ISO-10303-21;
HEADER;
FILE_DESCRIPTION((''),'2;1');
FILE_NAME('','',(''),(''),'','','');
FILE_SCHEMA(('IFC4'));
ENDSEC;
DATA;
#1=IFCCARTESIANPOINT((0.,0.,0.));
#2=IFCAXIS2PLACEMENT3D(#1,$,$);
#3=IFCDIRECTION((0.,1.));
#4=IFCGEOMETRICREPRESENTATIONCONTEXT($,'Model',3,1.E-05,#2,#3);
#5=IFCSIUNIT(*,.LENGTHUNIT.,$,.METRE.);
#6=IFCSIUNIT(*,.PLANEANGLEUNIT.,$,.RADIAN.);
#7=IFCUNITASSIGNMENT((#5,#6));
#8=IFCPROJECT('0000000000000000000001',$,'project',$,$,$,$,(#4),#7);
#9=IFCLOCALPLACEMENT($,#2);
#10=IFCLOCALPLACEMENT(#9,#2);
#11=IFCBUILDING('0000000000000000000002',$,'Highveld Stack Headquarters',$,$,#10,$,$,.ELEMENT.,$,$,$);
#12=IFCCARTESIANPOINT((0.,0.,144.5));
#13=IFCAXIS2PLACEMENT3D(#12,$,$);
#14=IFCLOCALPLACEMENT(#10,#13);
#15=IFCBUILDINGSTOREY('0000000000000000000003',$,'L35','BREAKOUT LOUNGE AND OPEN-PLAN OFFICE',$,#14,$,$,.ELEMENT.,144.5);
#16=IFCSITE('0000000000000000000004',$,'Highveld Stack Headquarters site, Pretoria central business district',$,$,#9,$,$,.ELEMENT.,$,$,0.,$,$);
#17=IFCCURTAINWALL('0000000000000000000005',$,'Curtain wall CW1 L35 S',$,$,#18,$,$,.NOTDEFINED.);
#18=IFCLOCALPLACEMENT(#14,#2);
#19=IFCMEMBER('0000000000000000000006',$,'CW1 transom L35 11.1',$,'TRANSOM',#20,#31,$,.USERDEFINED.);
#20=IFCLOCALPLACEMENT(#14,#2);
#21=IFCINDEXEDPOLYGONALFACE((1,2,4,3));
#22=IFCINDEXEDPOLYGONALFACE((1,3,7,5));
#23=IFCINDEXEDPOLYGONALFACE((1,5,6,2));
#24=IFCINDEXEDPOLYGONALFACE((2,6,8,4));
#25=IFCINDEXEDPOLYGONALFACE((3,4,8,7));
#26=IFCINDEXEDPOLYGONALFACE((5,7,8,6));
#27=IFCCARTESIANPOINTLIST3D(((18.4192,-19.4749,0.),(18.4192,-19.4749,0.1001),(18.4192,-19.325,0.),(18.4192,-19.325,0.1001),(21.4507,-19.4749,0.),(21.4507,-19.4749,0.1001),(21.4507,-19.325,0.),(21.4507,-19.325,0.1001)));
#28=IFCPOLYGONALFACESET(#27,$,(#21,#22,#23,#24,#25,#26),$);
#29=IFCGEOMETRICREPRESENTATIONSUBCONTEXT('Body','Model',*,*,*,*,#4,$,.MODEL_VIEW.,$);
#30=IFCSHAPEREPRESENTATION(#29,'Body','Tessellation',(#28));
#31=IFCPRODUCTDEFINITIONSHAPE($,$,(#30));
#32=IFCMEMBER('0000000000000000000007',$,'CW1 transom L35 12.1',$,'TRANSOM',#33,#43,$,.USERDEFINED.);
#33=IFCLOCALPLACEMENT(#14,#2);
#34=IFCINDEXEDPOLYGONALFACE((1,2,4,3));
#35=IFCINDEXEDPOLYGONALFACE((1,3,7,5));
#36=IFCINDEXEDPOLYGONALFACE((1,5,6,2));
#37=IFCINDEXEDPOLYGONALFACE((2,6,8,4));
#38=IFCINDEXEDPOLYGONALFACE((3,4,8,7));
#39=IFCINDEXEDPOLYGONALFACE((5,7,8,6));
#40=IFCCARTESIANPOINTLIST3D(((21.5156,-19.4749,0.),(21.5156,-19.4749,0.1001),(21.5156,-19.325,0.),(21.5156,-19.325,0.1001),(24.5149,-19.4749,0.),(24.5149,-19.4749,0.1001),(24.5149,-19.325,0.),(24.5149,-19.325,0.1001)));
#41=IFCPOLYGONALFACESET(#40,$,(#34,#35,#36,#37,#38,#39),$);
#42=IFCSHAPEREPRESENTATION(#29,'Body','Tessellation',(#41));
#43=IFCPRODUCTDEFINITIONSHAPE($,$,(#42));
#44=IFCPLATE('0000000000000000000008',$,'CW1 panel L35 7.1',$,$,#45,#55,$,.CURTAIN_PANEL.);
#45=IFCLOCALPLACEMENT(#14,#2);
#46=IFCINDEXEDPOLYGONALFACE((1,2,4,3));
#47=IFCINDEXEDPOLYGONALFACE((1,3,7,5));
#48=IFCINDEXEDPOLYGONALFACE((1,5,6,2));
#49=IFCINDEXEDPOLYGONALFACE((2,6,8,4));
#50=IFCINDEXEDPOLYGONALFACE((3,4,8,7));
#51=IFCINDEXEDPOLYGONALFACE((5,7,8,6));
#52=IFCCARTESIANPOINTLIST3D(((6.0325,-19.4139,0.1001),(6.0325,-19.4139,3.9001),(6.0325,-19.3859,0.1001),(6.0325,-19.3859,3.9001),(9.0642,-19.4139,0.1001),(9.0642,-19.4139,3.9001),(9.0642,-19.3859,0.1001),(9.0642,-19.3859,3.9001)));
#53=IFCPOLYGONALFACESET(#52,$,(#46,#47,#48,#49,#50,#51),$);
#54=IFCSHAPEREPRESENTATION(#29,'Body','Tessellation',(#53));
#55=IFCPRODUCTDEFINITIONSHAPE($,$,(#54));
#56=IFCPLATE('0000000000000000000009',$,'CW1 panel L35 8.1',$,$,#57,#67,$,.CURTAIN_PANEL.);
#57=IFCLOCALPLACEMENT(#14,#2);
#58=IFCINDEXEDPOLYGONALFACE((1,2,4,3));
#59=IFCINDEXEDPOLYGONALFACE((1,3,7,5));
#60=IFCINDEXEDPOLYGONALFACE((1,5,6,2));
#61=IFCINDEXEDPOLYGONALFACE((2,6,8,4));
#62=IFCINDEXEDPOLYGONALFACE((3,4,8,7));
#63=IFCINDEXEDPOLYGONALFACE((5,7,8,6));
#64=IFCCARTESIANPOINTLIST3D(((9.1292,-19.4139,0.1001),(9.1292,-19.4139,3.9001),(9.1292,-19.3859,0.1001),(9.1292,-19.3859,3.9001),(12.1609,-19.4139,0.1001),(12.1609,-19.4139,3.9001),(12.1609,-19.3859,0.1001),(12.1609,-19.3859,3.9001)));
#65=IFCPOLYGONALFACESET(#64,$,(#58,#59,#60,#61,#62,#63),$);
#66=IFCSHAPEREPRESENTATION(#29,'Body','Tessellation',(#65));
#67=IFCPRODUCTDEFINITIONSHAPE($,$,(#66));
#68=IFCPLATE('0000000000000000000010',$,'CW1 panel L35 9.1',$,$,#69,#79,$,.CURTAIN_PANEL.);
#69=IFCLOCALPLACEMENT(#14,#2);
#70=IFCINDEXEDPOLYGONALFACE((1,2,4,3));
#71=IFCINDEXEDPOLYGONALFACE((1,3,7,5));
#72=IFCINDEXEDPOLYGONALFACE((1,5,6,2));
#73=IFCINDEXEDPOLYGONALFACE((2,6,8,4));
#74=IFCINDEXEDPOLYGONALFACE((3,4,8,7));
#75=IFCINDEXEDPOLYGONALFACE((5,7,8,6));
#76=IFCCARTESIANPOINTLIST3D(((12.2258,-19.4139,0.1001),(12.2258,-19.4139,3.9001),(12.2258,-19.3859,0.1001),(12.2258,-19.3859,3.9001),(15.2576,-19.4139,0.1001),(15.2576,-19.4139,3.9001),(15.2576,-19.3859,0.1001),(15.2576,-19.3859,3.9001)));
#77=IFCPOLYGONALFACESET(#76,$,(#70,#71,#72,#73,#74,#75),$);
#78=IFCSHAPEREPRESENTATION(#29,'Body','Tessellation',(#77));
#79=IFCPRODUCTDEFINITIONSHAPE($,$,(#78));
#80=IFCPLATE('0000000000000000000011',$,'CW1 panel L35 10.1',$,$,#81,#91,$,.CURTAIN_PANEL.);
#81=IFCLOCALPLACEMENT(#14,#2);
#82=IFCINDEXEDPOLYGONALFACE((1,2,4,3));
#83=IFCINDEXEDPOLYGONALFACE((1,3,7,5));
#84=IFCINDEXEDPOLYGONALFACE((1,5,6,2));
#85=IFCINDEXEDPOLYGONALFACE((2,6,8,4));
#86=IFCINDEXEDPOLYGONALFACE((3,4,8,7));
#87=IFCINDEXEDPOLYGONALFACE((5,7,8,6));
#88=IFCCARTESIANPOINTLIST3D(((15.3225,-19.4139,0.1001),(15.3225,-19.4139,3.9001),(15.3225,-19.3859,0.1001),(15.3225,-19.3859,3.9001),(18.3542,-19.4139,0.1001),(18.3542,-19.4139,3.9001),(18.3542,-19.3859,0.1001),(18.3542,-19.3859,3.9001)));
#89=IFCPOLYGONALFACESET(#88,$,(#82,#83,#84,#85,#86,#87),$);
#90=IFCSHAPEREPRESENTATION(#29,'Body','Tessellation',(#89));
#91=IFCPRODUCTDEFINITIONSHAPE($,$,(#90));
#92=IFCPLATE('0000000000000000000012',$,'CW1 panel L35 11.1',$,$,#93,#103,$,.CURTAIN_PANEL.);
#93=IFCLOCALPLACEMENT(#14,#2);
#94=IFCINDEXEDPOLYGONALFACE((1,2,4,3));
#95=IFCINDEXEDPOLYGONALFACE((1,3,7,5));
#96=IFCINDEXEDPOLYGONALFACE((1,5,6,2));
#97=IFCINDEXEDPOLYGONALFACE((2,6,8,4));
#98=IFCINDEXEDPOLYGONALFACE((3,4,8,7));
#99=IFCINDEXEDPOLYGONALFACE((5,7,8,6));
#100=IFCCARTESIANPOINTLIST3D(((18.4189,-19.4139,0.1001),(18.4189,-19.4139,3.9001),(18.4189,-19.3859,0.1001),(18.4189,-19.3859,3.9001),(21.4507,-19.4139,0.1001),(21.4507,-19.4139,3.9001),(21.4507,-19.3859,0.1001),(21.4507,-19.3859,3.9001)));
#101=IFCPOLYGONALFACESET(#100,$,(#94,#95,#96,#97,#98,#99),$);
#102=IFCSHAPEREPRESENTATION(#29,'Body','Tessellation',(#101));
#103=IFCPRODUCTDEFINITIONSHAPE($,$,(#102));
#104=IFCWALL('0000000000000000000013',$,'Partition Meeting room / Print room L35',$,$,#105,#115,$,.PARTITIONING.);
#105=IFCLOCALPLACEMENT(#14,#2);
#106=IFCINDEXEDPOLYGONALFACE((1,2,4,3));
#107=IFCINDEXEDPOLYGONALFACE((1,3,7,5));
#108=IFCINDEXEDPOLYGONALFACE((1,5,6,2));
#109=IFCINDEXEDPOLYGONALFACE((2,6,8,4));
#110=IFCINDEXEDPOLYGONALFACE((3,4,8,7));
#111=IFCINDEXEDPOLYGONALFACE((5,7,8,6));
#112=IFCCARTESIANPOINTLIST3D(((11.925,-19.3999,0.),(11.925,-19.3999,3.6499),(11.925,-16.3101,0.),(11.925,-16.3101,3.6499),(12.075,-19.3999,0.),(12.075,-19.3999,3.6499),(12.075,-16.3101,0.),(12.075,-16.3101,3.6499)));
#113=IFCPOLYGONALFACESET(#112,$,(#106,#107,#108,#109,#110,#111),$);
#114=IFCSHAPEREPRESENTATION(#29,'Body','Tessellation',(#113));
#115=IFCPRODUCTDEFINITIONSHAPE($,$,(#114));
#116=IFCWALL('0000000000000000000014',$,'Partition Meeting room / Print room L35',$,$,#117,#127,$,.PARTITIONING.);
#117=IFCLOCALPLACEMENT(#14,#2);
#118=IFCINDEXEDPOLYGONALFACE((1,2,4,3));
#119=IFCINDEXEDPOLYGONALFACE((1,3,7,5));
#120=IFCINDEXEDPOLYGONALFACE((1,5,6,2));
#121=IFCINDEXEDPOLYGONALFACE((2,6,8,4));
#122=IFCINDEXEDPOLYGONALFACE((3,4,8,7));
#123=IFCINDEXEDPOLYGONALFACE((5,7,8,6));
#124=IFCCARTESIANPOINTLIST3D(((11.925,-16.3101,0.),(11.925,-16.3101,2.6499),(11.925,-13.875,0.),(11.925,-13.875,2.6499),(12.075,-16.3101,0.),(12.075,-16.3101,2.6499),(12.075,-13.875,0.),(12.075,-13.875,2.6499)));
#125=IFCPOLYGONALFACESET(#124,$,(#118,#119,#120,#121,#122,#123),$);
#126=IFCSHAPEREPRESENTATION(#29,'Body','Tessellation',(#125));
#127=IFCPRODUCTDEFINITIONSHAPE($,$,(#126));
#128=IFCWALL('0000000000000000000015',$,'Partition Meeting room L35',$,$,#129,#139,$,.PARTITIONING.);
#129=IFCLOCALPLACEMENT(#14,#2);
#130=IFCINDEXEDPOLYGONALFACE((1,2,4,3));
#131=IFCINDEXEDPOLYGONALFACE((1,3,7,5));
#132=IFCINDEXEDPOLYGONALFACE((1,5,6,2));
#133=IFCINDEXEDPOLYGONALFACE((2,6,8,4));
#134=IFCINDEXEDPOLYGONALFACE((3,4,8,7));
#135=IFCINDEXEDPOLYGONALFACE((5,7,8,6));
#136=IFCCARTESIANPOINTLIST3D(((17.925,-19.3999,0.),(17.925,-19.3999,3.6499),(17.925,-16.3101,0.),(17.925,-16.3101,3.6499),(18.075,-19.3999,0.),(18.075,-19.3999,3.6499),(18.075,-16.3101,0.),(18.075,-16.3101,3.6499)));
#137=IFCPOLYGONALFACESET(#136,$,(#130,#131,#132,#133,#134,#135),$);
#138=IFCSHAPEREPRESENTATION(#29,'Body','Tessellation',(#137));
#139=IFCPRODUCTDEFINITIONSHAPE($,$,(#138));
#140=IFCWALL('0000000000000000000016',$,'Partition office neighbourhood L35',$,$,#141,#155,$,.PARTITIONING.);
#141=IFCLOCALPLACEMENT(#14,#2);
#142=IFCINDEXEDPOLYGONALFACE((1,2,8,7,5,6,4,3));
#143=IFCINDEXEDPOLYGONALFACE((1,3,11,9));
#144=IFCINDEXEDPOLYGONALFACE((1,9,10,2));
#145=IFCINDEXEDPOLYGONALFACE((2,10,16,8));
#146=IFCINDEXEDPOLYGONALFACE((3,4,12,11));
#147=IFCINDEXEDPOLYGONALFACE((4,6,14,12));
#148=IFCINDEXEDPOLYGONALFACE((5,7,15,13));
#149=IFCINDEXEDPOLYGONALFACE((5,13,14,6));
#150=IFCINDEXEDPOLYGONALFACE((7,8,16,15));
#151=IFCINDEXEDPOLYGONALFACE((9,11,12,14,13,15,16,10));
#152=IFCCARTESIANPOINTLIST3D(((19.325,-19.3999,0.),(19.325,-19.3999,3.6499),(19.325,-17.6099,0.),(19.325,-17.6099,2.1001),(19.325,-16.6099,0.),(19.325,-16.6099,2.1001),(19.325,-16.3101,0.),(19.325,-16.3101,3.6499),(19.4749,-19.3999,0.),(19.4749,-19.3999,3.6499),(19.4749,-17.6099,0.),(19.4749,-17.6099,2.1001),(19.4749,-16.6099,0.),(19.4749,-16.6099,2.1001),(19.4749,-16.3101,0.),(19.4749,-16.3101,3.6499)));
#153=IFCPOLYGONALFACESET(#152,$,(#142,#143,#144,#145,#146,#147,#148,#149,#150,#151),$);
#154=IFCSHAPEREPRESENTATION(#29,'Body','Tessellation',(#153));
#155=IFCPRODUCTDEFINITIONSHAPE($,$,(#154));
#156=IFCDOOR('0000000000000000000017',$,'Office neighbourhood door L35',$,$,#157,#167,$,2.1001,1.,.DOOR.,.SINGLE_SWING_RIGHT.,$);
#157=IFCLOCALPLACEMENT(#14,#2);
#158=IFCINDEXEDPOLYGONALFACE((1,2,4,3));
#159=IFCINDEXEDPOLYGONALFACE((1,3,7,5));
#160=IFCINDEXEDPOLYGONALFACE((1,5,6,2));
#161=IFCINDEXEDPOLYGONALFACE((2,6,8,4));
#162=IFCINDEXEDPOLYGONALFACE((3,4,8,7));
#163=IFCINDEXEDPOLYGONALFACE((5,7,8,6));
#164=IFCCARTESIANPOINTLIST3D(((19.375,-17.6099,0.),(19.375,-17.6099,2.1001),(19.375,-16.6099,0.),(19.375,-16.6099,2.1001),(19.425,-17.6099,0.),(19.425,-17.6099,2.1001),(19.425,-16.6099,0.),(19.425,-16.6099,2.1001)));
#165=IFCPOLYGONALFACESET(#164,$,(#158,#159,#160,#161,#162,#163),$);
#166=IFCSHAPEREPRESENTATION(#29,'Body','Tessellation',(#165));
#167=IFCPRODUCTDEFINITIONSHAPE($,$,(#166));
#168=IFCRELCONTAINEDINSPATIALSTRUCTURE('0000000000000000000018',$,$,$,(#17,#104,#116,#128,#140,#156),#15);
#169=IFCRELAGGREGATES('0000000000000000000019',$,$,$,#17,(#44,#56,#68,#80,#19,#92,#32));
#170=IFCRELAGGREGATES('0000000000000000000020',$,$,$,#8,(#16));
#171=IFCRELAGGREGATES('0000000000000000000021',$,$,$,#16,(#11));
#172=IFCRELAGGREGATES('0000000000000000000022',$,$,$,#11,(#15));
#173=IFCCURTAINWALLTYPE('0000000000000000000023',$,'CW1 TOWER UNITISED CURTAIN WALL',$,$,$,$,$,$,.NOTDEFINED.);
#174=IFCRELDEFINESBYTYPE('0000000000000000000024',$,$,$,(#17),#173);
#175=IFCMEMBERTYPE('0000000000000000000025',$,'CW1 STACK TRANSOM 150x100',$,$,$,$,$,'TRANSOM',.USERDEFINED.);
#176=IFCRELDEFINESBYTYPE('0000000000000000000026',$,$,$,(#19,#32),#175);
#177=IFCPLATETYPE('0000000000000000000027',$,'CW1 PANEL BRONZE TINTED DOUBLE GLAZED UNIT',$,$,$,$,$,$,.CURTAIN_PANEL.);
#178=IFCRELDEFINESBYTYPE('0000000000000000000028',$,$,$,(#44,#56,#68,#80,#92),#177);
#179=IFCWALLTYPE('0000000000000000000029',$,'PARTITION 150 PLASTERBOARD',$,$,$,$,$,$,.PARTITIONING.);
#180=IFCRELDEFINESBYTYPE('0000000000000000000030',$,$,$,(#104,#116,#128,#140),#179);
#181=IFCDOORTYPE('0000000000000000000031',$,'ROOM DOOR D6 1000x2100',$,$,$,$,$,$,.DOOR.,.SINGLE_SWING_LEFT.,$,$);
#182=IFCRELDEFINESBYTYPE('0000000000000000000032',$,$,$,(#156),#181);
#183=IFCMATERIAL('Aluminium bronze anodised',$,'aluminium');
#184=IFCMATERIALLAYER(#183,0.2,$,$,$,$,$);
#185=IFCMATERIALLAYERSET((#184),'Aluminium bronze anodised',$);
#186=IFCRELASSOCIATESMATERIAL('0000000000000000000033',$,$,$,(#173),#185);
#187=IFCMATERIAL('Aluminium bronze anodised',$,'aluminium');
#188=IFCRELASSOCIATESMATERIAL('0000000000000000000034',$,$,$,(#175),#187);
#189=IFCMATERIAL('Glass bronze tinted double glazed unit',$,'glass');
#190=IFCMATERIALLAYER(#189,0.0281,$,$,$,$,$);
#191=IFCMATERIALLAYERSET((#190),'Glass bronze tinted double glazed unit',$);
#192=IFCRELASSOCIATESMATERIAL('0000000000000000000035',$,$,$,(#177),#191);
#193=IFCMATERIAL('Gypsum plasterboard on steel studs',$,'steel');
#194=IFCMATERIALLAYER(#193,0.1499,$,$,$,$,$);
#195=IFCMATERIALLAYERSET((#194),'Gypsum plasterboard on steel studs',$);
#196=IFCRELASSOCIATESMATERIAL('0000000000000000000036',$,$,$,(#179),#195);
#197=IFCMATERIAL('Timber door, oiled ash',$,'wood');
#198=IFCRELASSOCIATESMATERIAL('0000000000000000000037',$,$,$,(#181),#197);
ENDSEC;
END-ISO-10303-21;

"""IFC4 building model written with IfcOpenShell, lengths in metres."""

from ifc_helpers import new_model, si_unit, direction, frame, frame_2d, origin, origin_2d, place, context, subcontext, project, spatial, rectangle, extrude, material, layer, layer_set, material_profile, profile_set, type_object, element, fill, aggregate, save


model = new_model("IFC4")

# Units and contexts
model_context = context("Model", 3, precision=1e-05, world=origin(), true_north=direction((0.0, 1.0)))
body_context = subcontext(model_context, "Body", "Model", "MODEL_VIEW")
ifc_project = project(units=[si_unit("LENGTHUNIT", "METRE"), si_unit("PLANEANGLEUNIT", "RADIAN")], contexts=[model_context])

# Site, building, storey
site_placement = place(None, origin())
site = spatial("IfcSite", under=ifc_project, at=site_placement, Name="Highveld Stack Headquarters site, Pretoria central business district", CompositionType="ELEMENT", RefElevation=0.0)
building_placement = place(site_placement, origin())
building = spatial("IfcBuilding", under=site, at=building_placement, Name="Highveld Stack Headquarters", CompositionType="ELEMENT")
storey_placement = place(building_placement, frame((0.0, 0.0, 144.5)))
storey = spatial("IfcBuildingStorey", under=building, at=storey_placement, Name="L35", Description="BREAKOUT LOUNGE AND OPEN-PLAN OFFICE", CompositionType="ELEMENT", Elevation=144.5)

# Curtain wall, members, plates
ifc_material_1 = material(Name="Aluminium bronze anodised", Category="aluminium")
ifc_layer_1 = layer(ifc_material_1, 0.2)
ifc_layer_set_1 = layer_set([ifc_layer_1], Name="Aluminium bronze anodised")
curtain_wall_type = type_object("IfcCurtainWallType", Name="CW1 TOWER UNITISED CURTAIN WALL", PredefinedType="NOTDEFINED", material=ifc_layer_set_1)
curtain_wall_placement = place(storey_placement, origin())
curtain_wall = element("IfcCurtainWall", 1, at=curtain_wall_placement, inside=storey, type_object=curtain_wall_type, Name="Curtain wall CW1 L35 S", PredefinedType="NOTDEFINED")
ifc_material_2 = material(Name="Aluminium bronze anodised", Category="aluminium")
ifc_material_profile_1 = material_profile(ifc_material_2, rectangle(XDim=0.1499, YDim=0.1001, at=origin_2d()), Name="CW1 TRANSOM 150x100")
ifc_profile_set_1 = profile_set([ifc_material_profile_1], Name="Aluminium bronze anodised")
member_type_1 = type_object("IfcMemberType", Name="CW1 STACK TRANSOM 150x100", ElementType="TRANSOM", PredefinedType="USERDEFINED", material=ifc_profile_set_1)
member_1_placement = place(storey_placement, frame((18.4192, -19.3999, 0.05), z_axis=(1.0, 0.0, 0.0), x_axis=(0.0, 1.0, 0.0)))
member_1 = element("IfcMember", 2, at=member_1_placement, type_object=member_type_1, Name="CW1 transom L35 11.1", ObjectType="TRANSOM", PredefinedType="USERDEFINED", context=body_context, shape_type="SweptSolid", body=[
    extrude(rectangle(XDim=0.1499, YDim=0.1001, at=origin_2d()), origin(), (0.0, 0.0, 1.0), 3.0315),
])
member_2_placement = place(storey_placement, frame((21.5156, -19.3999, 0.05), z_axis=(1.0, 0.0, 0.0), x_axis=(0.0, 1.0, 0.0)))
member_2 = element("IfcMember", 3, at=member_2_placement, type_object=member_type_1, Name="CW1 transom L35 12.1", ObjectType="TRANSOM", PredefinedType="USERDEFINED", context=body_context, shape_type="SweptSolid", body=[
    extrude(rectangle(XDim=0.1499, YDim=0.1001, at=origin_2d()), origin(), (0.0, 0.0, 1.0), 2.9993),
])
ifc_material_3 = material(Name="Glass bronze tinted double glazed unit", Category="glass")
ifc_layer_2 = layer(ifc_material_3, 0.0281)
ifc_layer_set_2 = layer_set([ifc_layer_2], Name="Glass bronze tinted double glazed unit")
plate_type = type_object("IfcPlateType", Name="CW1 PANEL BRONZE TINTED DOUBLE GLAZED UNIT", PredefinedType="CURTAIN_PANEL", material=ifc_layer_set_2)
plate_1_placement = place(storey_placement, frame((7.5483, -19.3999, 0.1001), z_axis=(0.0, 0.0, 1.0), x_axis=(1.0, 0.0, 0.0)))
plate_1 = element("IfcPlate", 4, at=plate_1_placement, type_object=plate_type, Name="CW1 panel L35 7.1", PredefinedType="CURTAIN_PANEL", context=body_context, shape_type="SweptSolid", body=[
    extrude(rectangle(XDim=3.0317, YDim=0.0281, at=origin_2d()), origin(), (0.0, 0.0, 1.0), 3.8),
])
plate_2_placement = place(storey_placement, frame((10.645, -19.3999, 0.1001), z_axis=(0.0, 0.0, 1.0), x_axis=(1.0, 0.0, 0.0)))
plate_2 = element("IfcPlate", 5, at=plate_2_placement, type_object=plate_type, Name="CW1 panel L35 8.1", PredefinedType="CURTAIN_PANEL", context=body_context, shape_type="SweptSolid", body=[
    extrude(rectangle(XDim=3.0317, YDim=0.0281, at=origin_2d()), origin(), (0.0, 0.0, 1.0), 3.8),
])
plate_3_placement = place(storey_placement, frame((13.7417, -19.3999, 0.1001), z_axis=(0.0, 0.0, 1.0), x_axis=(1.0, 0.0, 0.0)))
plate_3 = element("IfcPlate", 6, at=plate_3_placement, type_object=plate_type, Name="CW1 panel L35 9.1", PredefinedType="CURTAIN_PANEL", context=body_context, shape_type="SweptSolid", body=[
    extrude(rectangle(XDim=3.0317, YDim=0.0281, at=origin_2d()), origin(), (0.0, 0.0, 1.0), 3.8),
])
plate_4_placement = place(storey_placement, frame((16.8384, -19.3999, 0.1001), z_axis=(0.0, 0.0, 1.0), x_axis=(1.0, 0.0, 0.0)))
plate_4 = element("IfcPlate", 7, at=plate_4_placement, type_object=plate_type, Name="CW1 panel L35 10.1", PredefinedType="CURTAIN_PANEL", context=body_context, shape_type="SweptSolid", body=[
    extrude(rectangle(XDim=3.0317, YDim=0.0281, at=origin_2d()), origin(), (0.0, 0.0, 1.0), 3.8),
])
plate_5_placement = place(storey_placement, frame((19.9348, -19.3999, 0.1001), z_axis=(0.0, 0.0, 1.0), x_axis=(1.0, 0.0, 0.0)))
plate_5 = element("IfcPlate", 8, at=plate_5_placement, type_object=plate_type, Name="CW1 panel L35 11.1", PredefinedType="CURTAIN_PANEL", context=body_context, shape_type="SweptSolid", body=[
    extrude(rectangle(XDim=3.0317, YDim=0.0281, at=origin_2d()), origin(), (0.0, 0.0, 1.0), 3.8),
])
aggregate(curtain_wall, [plate_1, plate_2, plate_3, plate_4, member_1, plate_5, member_2])

# Walls
ifc_material_4 = material(Name="Gypsum plasterboard on steel studs", Category="steel")
ifc_layer_3 = layer(ifc_material_4, 0.1499)
ifc_layer_set_3 = layer_set([ifc_layer_3], Name="Gypsum plasterboard on steel studs")
wall_type = type_object("IfcWallType", Name="PARTITION 150 PLASTERBOARD", PredefinedType="PARTITIONING", material=ifc_layer_set_3)
wall_1_placement = place(storey_placement, frame((12.0, -19.3999, 0.0), z_axis=(0.0, 0.0, 1.0), x_axis=(0.0, 1.0, 0.0)))
element("IfcWall", 9, at=wall_1_placement, inside=storey, type_object=wall_type, Name="Partition Meeting room / Print room L35", PredefinedType="PARTITIONING", context=body_context, shape_type="SweptSolid", body=[
    extrude(rectangle(XDim=3.0898, YDim=0.1499, at=frame_2d((1.5449, 0.0))), origin(), (0.0, 0.0, 1.0), 3.6499),
])
wall_2_placement = place(storey_placement, frame((12.0, -16.3101, 0.0), z_axis=(0.0, 0.0, 1.0), x_axis=(0.0, 1.0, 0.0)))
element("IfcWall", 10, at=wall_2_placement, inside=storey, type_object=wall_type, Name="Partition Meeting room / Print room L35", PredefinedType="PARTITIONING", context=body_context, shape_type="SweptSolid", body=[
    extrude(rectangle(XDim=2.4351, YDim=0.1499, at=frame_2d((1.2175, 0.0))), origin(), (0.0, 0.0, 1.0), 2.6499),
])
wall_3_placement = place(storey_placement, frame((18.0, -19.3999, 0.0), z_axis=(0.0, 0.0, 1.0), x_axis=(0.0, 1.0, 0.0)))
element("IfcWall", 11, at=wall_3_placement, inside=storey, type_object=wall_type, Name="Partition Meeting room L35", PredefinedType="PARTITIONING", context=body_context, shape_type="SweptSolid", body=[
    extrude(rectangle(XDim=3.0898, YDim=0.1499, at=frame_2d((1.5449, 0.0))), origin(), (0.0, 0.0, 1.0), 3.6499),
])

# Wall, opening, door
wall_4_placement = place(storey_placement, frame((19.3999, -19.3999, 0.0), z_axis=(0.0, 0.0, 1.0), x_axis=(0.0, 1.0, 0.0)))
wall_4 = element("IfcWall", 12, at=wall_4_placement, inside=storey, type_object=wall_type, Name="Partition office neighbourhood L35", PredefinedType="PARTITIONING", context=body_context, shape_type="SweptSolid", body=[
    extrude(rectangle(XDim=3.0898, YDim=0.1499, at=frame_2d((1.5449, 0.0))), origin(), (0.0, 0.0, 1.0), 3.6499),
])
opening_placement = place(wall_4_placement, frame((1.79, 0.0, 0.0)))
opening = element("IfcOpeningElement", 13, at=opening_placement, cuts=wall_4, PredefinedType="OPENING", context=body_context, shape_type="SweptSolid", body=[
    extrude(rectangle(XDim=1.0, YDim=2.1001, at=frame_2d((0.5, 1.05))), frame((0.0, 0.085, 0.0), z_axis=(0.0, -1.0, 0.0), x_axis=(1.0, 0.0, 0.0)), (0.0, 0.0, 1.0), 0.1699),
])
ifc_material_5 = material(Name="Timber door, oiled ash", Category="wood")
door_type = type_object("IfcDoorType", Name="ROOM DOOR D6 1000x2100", OperationType="SINGLE_SWING_LEFT", PredefinedType="DOOR", material=ifc_material_5)
door_placement = place(opening_placement, origin())
door = element("IfcDoor", 14, at=door_placement, inside=storey, type_object=door_type, Name="Office neighbourhood door L35", OperationType="SINGLE_SWING_RIGHT", OverallHeight=2.1001, OverallWidth=1.0, PredefinedType="DOOR", context=body_context, shape_type="SweptSolid", body=[
    extrude(rectangle(XDim=1.0, YDim=2.1001, at=frame_2d((0.5, 1.05))), frame((0.0, 0.0249, 0.0), z_axis=(0.0, -1.0, 0.0), x_axis=(1.0, 0.0, 0.0)), (0.0, 0.0, 1.0), 0.05),
])
fill(opening, door)

save(model, "model.ifc")
